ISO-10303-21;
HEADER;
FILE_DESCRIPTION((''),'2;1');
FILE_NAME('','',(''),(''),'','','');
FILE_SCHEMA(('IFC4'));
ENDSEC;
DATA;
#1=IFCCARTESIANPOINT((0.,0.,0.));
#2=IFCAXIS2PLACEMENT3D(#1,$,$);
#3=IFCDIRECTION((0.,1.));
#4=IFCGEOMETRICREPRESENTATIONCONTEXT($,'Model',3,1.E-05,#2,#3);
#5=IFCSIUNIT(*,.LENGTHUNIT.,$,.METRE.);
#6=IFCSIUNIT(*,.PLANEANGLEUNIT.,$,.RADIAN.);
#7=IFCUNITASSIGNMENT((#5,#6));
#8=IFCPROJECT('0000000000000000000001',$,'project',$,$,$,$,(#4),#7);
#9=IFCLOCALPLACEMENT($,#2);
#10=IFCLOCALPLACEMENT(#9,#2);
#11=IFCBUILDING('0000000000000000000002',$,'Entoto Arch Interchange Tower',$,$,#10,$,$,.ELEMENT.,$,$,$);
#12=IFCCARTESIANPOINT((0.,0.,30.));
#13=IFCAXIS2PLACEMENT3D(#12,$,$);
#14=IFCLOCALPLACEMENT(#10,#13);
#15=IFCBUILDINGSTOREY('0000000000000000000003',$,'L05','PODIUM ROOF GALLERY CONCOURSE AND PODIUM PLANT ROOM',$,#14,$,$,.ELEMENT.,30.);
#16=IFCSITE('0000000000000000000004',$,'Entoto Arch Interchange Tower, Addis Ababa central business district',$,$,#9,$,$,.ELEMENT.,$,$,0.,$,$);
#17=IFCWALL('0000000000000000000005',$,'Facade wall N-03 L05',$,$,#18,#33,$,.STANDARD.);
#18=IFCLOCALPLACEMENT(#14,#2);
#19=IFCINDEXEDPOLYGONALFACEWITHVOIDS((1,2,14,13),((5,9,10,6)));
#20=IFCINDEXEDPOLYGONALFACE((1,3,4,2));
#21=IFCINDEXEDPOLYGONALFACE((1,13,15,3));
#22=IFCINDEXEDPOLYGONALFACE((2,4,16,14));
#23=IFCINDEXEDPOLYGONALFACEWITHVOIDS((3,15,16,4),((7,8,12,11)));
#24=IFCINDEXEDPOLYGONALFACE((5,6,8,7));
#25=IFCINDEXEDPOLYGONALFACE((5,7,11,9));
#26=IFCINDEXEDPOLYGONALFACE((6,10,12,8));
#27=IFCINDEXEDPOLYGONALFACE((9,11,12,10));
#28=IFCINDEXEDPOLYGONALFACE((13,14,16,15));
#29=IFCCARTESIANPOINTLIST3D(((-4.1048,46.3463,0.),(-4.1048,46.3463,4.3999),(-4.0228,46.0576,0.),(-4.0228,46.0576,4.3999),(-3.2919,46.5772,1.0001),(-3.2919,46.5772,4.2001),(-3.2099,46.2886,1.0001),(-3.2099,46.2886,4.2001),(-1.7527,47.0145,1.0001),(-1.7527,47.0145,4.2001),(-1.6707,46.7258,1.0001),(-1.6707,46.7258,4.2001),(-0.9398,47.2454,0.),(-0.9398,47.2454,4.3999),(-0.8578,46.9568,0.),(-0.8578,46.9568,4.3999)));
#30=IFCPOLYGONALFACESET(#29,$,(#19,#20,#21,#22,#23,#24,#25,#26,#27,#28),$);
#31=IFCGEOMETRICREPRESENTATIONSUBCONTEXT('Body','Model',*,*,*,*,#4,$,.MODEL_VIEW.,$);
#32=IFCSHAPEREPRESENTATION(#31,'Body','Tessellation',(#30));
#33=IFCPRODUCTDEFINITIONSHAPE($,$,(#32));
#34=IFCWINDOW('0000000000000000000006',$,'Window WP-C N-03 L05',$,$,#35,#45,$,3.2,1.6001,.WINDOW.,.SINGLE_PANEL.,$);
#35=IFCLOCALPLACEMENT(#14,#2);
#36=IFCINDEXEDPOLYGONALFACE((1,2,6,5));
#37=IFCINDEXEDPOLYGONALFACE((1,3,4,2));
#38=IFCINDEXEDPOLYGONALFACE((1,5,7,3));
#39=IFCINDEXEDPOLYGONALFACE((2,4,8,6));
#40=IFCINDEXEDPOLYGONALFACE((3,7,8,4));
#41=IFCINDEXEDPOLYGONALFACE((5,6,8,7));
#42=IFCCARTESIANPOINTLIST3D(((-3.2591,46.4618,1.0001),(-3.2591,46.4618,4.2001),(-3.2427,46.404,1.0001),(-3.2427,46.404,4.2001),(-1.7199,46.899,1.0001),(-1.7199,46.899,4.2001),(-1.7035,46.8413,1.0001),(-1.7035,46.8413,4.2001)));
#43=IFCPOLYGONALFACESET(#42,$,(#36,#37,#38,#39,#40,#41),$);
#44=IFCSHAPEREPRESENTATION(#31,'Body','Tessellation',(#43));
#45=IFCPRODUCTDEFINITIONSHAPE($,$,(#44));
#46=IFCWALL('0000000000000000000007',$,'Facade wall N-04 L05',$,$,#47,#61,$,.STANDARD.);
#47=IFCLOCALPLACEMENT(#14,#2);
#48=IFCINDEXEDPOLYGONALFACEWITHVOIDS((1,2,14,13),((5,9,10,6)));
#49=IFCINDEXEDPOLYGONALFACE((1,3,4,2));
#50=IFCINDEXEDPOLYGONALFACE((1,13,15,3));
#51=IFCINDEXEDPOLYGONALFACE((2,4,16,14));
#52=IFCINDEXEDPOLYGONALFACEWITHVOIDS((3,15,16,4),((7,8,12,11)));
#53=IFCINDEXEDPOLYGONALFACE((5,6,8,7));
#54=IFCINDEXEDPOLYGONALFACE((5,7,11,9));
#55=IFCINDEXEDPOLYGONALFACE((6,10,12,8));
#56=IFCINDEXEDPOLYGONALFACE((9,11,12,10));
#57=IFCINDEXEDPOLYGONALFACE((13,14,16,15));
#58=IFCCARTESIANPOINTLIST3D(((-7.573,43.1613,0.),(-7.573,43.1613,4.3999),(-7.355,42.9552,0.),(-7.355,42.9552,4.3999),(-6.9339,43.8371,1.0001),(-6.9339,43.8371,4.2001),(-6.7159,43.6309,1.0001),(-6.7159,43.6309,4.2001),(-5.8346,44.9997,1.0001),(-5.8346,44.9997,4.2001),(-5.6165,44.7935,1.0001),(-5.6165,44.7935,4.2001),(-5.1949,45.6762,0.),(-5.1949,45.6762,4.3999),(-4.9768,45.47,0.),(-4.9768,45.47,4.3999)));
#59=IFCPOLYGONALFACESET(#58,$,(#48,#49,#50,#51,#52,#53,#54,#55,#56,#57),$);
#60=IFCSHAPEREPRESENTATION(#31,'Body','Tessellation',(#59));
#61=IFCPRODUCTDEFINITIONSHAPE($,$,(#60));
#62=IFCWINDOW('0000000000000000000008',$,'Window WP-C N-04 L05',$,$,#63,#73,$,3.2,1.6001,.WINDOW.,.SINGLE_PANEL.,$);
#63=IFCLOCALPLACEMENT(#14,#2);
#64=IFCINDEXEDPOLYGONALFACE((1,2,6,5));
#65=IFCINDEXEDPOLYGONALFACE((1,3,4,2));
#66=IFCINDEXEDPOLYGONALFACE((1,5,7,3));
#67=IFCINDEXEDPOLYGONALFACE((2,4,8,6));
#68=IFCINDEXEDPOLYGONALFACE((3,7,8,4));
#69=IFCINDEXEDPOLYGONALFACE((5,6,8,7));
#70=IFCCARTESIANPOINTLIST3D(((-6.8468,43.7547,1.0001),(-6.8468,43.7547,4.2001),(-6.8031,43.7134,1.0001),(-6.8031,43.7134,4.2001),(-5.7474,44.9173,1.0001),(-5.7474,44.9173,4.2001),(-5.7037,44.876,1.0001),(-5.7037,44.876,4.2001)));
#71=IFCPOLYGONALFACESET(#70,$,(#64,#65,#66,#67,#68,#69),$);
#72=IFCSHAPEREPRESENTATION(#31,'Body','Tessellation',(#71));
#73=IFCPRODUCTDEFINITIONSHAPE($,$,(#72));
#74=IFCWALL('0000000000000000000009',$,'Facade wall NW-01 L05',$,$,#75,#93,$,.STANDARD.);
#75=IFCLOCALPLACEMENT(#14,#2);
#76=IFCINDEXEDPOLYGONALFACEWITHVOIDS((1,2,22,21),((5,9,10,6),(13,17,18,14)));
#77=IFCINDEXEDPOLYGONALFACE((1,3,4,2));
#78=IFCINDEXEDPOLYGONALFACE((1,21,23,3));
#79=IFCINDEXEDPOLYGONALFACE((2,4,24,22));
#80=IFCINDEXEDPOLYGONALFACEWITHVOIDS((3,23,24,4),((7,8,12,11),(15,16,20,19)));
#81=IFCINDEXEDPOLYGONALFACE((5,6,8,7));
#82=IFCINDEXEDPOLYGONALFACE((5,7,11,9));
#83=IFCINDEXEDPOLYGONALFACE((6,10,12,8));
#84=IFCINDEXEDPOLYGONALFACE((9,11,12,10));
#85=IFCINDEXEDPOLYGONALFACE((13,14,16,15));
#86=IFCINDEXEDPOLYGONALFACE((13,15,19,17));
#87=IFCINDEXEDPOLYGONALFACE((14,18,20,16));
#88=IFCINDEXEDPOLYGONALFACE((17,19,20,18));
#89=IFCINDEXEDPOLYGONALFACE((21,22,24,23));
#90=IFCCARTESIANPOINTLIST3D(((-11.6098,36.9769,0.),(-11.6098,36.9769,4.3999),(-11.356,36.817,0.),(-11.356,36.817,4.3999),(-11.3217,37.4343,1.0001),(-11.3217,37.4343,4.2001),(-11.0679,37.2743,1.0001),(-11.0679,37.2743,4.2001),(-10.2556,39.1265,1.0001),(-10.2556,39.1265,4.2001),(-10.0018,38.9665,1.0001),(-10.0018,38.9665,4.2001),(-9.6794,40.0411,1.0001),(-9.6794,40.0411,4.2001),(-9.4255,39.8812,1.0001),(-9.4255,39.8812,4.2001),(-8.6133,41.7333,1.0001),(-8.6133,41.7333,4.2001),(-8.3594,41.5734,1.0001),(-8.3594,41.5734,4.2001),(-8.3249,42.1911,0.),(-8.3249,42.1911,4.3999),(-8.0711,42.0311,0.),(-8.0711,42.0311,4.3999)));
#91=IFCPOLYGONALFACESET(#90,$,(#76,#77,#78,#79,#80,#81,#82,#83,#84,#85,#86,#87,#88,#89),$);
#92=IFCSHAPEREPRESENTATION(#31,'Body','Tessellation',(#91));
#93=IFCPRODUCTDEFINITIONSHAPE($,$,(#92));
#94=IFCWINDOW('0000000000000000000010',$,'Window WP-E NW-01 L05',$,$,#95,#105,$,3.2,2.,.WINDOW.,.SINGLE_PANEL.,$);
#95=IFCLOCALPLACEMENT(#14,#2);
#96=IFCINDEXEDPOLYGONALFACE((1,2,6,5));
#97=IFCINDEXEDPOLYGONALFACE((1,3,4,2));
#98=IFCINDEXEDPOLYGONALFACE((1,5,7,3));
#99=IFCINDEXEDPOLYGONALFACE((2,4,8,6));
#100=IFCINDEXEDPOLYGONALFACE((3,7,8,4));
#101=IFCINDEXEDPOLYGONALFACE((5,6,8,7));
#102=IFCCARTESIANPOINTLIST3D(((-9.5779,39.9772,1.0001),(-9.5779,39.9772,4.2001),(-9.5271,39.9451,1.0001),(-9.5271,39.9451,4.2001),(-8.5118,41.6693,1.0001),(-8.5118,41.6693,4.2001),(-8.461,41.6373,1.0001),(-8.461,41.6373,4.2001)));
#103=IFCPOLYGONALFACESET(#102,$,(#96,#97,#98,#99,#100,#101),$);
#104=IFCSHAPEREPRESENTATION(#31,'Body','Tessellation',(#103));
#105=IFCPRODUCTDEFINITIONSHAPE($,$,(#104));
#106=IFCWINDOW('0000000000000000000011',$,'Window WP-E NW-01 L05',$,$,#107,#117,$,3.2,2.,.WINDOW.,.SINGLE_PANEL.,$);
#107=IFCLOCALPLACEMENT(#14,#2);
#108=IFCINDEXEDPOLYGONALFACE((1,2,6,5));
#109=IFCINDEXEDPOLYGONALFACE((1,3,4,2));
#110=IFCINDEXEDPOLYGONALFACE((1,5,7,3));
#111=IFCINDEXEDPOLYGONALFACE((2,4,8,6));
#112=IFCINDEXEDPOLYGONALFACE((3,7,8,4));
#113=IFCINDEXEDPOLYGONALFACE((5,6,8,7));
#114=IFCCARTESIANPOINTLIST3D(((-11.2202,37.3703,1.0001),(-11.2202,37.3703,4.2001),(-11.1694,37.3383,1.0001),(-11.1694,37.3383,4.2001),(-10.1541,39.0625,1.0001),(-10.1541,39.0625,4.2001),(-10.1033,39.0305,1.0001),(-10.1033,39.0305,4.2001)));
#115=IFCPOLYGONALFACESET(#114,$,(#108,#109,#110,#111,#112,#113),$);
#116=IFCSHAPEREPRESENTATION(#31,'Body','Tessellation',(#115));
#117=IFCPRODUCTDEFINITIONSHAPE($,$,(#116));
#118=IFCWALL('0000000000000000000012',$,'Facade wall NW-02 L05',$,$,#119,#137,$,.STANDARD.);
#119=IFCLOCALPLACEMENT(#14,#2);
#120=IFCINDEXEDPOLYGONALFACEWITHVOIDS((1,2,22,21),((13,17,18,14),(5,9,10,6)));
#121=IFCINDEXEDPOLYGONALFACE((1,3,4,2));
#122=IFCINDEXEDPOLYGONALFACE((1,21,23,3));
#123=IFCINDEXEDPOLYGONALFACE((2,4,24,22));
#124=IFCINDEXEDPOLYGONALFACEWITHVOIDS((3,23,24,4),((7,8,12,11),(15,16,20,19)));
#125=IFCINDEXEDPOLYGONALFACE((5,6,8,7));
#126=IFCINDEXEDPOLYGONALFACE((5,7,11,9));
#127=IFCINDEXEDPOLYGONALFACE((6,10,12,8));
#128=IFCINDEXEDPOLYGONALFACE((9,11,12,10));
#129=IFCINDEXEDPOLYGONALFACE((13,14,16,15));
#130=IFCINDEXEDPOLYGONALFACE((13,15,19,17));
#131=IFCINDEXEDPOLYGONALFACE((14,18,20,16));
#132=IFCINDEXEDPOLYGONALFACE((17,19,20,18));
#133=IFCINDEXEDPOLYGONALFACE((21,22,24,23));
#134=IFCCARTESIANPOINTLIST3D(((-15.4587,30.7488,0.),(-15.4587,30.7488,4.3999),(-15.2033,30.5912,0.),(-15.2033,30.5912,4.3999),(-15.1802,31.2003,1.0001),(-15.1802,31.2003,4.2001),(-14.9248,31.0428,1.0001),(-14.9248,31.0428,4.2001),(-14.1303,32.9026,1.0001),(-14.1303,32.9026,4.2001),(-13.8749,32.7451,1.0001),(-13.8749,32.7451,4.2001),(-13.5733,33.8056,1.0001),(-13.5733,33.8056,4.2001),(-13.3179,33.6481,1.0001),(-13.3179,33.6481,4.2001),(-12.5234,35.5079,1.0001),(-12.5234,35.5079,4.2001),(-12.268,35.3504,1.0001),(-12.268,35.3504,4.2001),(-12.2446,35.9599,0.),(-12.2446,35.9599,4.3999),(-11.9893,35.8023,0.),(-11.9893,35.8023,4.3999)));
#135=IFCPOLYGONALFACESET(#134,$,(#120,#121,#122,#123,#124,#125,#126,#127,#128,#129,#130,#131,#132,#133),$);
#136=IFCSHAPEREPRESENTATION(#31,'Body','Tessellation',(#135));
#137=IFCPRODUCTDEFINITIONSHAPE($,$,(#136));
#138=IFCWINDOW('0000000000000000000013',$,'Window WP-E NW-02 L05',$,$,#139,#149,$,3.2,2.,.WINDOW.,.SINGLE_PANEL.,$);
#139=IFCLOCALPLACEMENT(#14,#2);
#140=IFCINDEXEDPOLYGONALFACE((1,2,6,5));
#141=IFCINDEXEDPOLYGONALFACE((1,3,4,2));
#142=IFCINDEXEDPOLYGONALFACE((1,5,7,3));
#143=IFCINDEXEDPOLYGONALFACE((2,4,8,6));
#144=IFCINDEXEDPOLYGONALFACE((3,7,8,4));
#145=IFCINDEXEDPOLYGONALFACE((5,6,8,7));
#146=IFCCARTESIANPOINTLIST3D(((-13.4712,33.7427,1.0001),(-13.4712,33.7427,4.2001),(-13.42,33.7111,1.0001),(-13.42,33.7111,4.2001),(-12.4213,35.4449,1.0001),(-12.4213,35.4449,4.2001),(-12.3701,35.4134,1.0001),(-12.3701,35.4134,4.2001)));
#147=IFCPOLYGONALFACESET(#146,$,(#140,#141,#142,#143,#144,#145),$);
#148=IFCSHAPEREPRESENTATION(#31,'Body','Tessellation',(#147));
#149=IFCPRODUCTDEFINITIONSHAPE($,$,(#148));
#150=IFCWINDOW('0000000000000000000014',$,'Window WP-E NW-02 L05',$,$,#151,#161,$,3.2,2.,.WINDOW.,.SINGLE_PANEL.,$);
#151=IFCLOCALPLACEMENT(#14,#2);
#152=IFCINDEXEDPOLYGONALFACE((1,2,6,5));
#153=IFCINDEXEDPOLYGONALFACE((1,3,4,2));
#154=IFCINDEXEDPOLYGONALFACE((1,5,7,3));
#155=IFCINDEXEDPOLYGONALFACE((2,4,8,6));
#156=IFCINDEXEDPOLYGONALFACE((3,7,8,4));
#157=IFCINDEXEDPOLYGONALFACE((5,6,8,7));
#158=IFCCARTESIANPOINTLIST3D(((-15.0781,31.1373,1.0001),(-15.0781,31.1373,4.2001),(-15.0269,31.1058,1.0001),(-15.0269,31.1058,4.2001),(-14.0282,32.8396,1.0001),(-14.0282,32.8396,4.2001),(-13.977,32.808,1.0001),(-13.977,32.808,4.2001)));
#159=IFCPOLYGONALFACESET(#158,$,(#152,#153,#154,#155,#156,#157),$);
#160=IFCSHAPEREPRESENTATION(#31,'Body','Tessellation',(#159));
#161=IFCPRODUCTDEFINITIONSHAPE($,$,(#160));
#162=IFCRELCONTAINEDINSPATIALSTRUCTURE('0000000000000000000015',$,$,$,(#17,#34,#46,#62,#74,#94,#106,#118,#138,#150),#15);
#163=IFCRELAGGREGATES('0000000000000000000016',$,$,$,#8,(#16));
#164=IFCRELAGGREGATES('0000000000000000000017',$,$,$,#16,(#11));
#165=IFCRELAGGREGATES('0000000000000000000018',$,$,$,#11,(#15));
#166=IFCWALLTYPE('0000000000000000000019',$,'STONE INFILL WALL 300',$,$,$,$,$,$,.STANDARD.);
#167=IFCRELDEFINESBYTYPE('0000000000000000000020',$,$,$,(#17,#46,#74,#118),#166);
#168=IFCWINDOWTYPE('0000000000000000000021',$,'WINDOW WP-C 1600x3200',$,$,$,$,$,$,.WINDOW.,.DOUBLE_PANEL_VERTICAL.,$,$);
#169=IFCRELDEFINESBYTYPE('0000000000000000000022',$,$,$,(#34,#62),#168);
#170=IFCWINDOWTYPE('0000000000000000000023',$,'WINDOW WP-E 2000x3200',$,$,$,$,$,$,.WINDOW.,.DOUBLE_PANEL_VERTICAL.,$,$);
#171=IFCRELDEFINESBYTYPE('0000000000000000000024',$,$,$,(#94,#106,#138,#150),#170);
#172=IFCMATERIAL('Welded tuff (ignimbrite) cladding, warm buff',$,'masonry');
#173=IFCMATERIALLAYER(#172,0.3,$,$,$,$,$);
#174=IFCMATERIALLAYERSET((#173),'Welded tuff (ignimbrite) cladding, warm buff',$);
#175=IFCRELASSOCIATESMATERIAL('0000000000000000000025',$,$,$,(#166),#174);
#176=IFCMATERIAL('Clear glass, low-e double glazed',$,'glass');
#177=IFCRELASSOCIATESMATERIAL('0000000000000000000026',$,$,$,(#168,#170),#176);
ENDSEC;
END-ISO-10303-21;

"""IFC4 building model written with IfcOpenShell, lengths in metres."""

from ifc_helpers import new_model, si_unit, direction, frame, frame_2d, origin, place, context, subcontext, project, spatial, rectangle, extrude, material, layer, layer_set, type_object, element, fill, save


model = new_model("IFC4")

# Units and contexts
model_context = context("Model", 3, precision=1e-05, world=origin(), true_north=direction((0.0, 1.0)))
body_context = subcontext(model_context, "Body", "Model", "MODEL_VIEW")
ifc_project = project(units=[si_unit("LENGTHUNIT", "METRE"), si_unit("PLANEANGLEUNIT", "RADIAN")], contexts=[model_context])

# Site, building, storey
site_placement = place(None, origin())
site = spatial("IfcSite", under=ifc_project, at=site_placement, Name="Entoto Arch Interchange Tower, Addis Ababa central business district", CompositionType="ELEMENT", RefElevation=0.0)
building_placement = place(site_placement, origin())
building = spatial("IfcBuilding", under=site, at=building_placement, Name="Entoto Arch Interchange Tower", CompositionType="ELEMENT")
storey_placement = place(building_placement, frame((0.0, 0.0, 30.0)))
storey = spatial("IfcBuildingStorey", under=building, at=storey_placement, Name="L05", Description="PODIUM ROOF GALLERY CONCOURSE AND PODIUM PLANT ROOM", CompositionType="ELEMENT", Elevation=30.0)

# Walls, openings, windows
ifc_material_1 = material(Name="Welded tuff (ignimbrite) cladding, warm buff", Category="masonry")
ifc_layer_1 = layer(ifc_material_1, 0.3)
ifc_layer_set_1 = layer_set([ifc_layer_1], Name="Welded tuff (ignimbrite) cladding, warm buff")
wall_type_1 = type_object("IfcWallType", Name="STONE INFILL WALL 300", PredefinedType="STANDARD", material=ifc_layer_set_1)
wall_1_placement = place(storey_placement, frame((-0.8989, 47.1011, 0.0), z_axis=(0.0, 0.0, 1.0), x_axis=(-0.961934, -0.27328, 0.0)))
wall_1 = element("IfcWall", 1, at=wall_1_placement, inside=storey, type_object=wall_type_1, Name="Facade wall N-03 L05", PredefinedType="STANDARD", context=body_context, shape_type="SweptSolid", body=[
    extrude(rectangle(XDim=3.2903, YDim=0.3, at=frame_2d((1.645, 0.0))), origin(), (0.0, 0.0, 1.0), 4.3999),
])
opening_1_placement = place(wall_1_placement, frame((0.845, 0.0, 1.0)))
opening_1 = element("IfcOpeningElement", 2, at=opening_1_placement, cuts=wall_1, PredefinedType="OPENING", context=body_context, shape_type="SweptSolid", body=[
    extrude(rectangle(XDim=1.6001, YDim=3.2, at=frame_2d((0.8, 1.6001))), frame((0.0, 0.1602, 0.0), z_axis=(0.0, -1.0, 0.0), x_axis=(1.0, 0.0, 0.0)), (0.0, 0.0, 1.0), 0.3201),
])
ifc_material_2 = material(Name="Clear glass, low-e double glazed", Category="glass")
window_type_1 = type_object("IfcWindowType", Name="WINDOW WP-C 1600x3200", PartitioningType="DOUBLE_PANEL_VERTICAL", PredefinedType="WINDOW", material=ifc_material_2)
window_1_placement = place(opening_1_placement, origin())
window_1 = element("IfcWindow", 3, at=window_1_placement, inside=storey, type_object=window_type_1, Name="Window WP-C N-03 L05", OverallHeight=3.2, OverallWidth=1.6001, PartitioningType="SINGLE_PANEL", PredefinedType="WINDOW", context=body_context, shape_type="SweptSolid", body=[
    extrude(rectangle(XDim=1.6001, YDim=3.2, at=frame_2d((0.8, 1.6001))), frame((0.0, 0.03, 0.0), z_axis=(0.0, -1.0, 0.0), x_axis=(1.0, 0.0, 0.0)), (0.0, 0.0, 1.0), 0.0601),
])
fill(opening_1, window_1)
wall_2_placement = place(storey_placement, frame((-5.0859, 45.573, 0.0), z_axis=(0.0, 0.0, 1.0), x_axis=(-0.687081, -0.726581, 0.0)))
wall_2 = element("IfcWall", 4, at=wall_2_placement, inside=storey, type_object=wall_type_1, Name="Facade wall N-04 L05", PredefinedType="STANDARD", context=body_context, shape_type="SweptSolid", body=[
    extrude(rectangle(XDim=3.4612, YDim=0.3, at=frame_2d((1.7305, 0.0))), origin(), (0.0, 0.0, 1.0), 4.3999),
])
opening_2_placement = place(wall_2_placement, frame((0.9309, 0.0, 1.0)))
opening_2 = element("IfcOpeningElement", 5, at=opening_2_placement, cuts=wall_2, PredefinedType="OPENING", context=body_context, shape_type="SweptSolid", body=[
    extrude(rectangle(XDim=1.6001, YDim=3.2, at=frame_2d((0.8, 1.6001))), frame((0.0, 0.1602, 0.0), z_axis=(0.0, -1.0, 0.0), x_axis=(1.0, 0.0, 0.0)), (0.0, 0.0, 1.0), 0.3201),
])
window_2_placement = place(opening_2_placement, origin())
window_2 = element("IfcWindow", 6, at=window_2_placement, inside=storey, type_object=window_type_1, Name="Window WP-C N-04 L05", OverallHeight=3.2, OverallWidth=1.6001, PartitioningType="SINGLE_PANEL", PredefinedType="WINDOW", context=body_context, shape_type="SweptSolid", body=[
    extrude(rectangle(XDim=1.6001, YDim=3.2, at=frame_2d((0.8, 1.6001))), frame((0.0, 0.03, 0.0), z_axis=(0.0, -1.0, 0.0), x_axis=(1.0, 0.0, 0.0)), (0.0, 0.0, 1.0), 0.0601),
])
fill(opening_2, window_2)

# Walls, openings, windows
wall_3_placement = place(storey_placement, frame((-8.198, 42.1111, 0.0), z_axis=(0.0, 0.0, 1.0), x_axis=(-0.53304, -0.84609, 0.0)))
wall_3 = element("IfcWall", 7, at=wall_3_placement, inside=storey, type_object=wall_type_1, Name="Facade wall NW-01 L05", PredefinedType="STANDARD", context=body_context, shape_type="SweptSolid", body=[
    extrude(rectangle(XDim=6.1626, YDim=0.3, at=frame_2d((3.0813, 0.0))), origin(), (0.0, 0.0, 1.0), 4.3999),
])
opening_3_placement = place(wall_3_placement, frame((0.541, 0.0, 1.0)))
opening_3 = element("IfcOpeningElement", 8, at=opening_3_placement, cuts=wall_3, PredefinedType="OPENING", context=body_context, shape_type="SweptSolid", body=[
    extrude(rectangle(XDim=2.0, YDim=3.2, at=frame_2d((1.0, 1.6001))), frame((0.0, 0.1602, 0.0), z_axis=(0.0, -1.0, 0.0), x_axis=(1.0, 0.0, 0.0)), (0.0, 0.0, 1.0), 0.3201),
])
opening_4_placement = place(wall_3_placement, frame((3.6221, 0.0, 1.0)))
opening_4 = element("IfcOpeningElement", 9, at=opening_4_placement, cuts=wall_3, PredefinedType="OPENING", context=body_context, shape_type="SweptSolid", body=[
    extrude(rectangle(XDim=2.0, YDim=3.2, at=frame_2d((1.0, 1.6001))), frame((0.0, 0.1602, 0.0), z_axis=(0.0, -1.0, 0.0), x_axis=(1.0, 0.0, 0.0)), (0.0, 0.0, 1.0), 0.3201),
])
window_type_2 = type_object("IfcWindowType", Name="WINDOW WP-E 2000x3200", PartitioningType="DOUBLE_PANEL_VERTICAL", PredefinedType="WINDOW", material=ifc_material_2)
window_3_placement = place(opening_3_placement, origin())
window_3 = element("IfcWindow", 10, at=window_3_placement, inside=storey, type_object=window_type_2, Name="Window WP-E NW-01 L05", OverallHeight=3.2, OverallWidth=2.0, PartitioningType="SINGLE_PANEL", PredefinedType="WINDOW", context=body_context, shape_type="SweptSolid", body=[
    extrude(rectangle(XDim=2.0, YDim=3.2, at=frame_2d((1.0, 1.6001))), frame((0.0, 0.03, 0.0), z_axis=(0.0, -1.0, 0.0), x_axis=(1.0, 0.0, 0.0)), (0.0, 0.0, 1.0), 0.0601),
])
fill(opening_3, window_3)
window_4_placement = place(opening_4_placement, origin())
window_4 = element("IfcWindow", 11, at=window_4_placement, inside=storey, type_object=window_type_2, Name="Window WP-E NW-01 L05", OverallHeight=3.2, OverallWidth=2.0, PartitioningType="SINGLE_PANEL", PredefinedType="WINDOW", context=body_context, shape_type="SweptSolid", body=[
    extrude(rectangle(XDim=2.0, YDim=3.2, at=frame_2d((1.0, 1.6001))), frame((0.0, 0.03, 0.0), z_axis=(0.0, -1.0, 0.0), x_axis=(1.0, 0.0, 0.0)), (0.0, 0.0, 1.0), 0.0601),
])
fill(opening_4, window_4)
wall_4_placement = place(storey_placement, frame((-12.1169, 35.8811, 0.0), z_axis=(0.0, 0.0, 1.0), x_axis=(-0.524954, -0.851131, 0.0)))
wall_4 = element("IfcWall", 12, at=wall_4_placement, inside=storey, type_object=wall_type_1, Name="Facade wall NW-02 L05", PredefinedType="STANDARD", context=body_context, shape_type="SweptSolid", body=[
    extrude(rectangle(XDim=6.1226, YDim=0.3, at=frame_2d((3.0613, 0.0))), origin(), (0.0, 0.0, 1.0), 4.3999),
])
opening_5_placement = place(wall_4_placement, frame((0.531, 0.0, 1.0)))
opening_5 = element("IfcOpeningElement", 13, at=opening_5_placement, cuts=wall_4, PredefinedType="OPENING", context=body_context, shape_type="SweptSolid", body=[
    extrude(rectangle(XDim=2.0, YDim=3.2, at=frame_2d((1.0, 1.6001))), frame((0.0, 0.1602, 0.0), z_axis=(0.0, -1.0, 0.0), x_axis=(1.0, 0.0, 0.0)), (0.0, 0.0, 1.0), 0.3201),
])
opening_6_placement = place(wall_4_placement, frame((3.592, 0.0, 1.0)))
opening_6 = element("IfcOpeningElement", 14, at=opening_6_placement, cuts=wall_4, PredefinedType="OPENING", context=body_context, shape_type="SweptSolid", body=[
    extrude(rectangle(XDim=2.0, YDim=3.2, at=frame_2d((1.0, 1.6001))), frame((0.0, 0.1602, 0.0), z_axis=(0.0, -1.0, 0.0), x_axis=(1.0, 0.0, 0.0)), (0.0, 0.0, 1.0), 0.3201),
])
window_5_placement = place(opening_5_placement, origin())
window_5 = element("IfcWindow", 15, at=window_5_placement, inside=storey, type_object=window_type_2, Name="Window WP-E NW-02 L05", OverallHeight=3.2, OverallWidth=2.0, PartitioningType="SINGLE_PANEL", PredefinedType="WINDOW", context=body_context, shape_type="SweptSolid", body=[
    extrude(rectangle(XDim=2.0, YDim=3.2, at=frame_2d((1.0, 1.6001))), frame((0.0, 0.03, 0.0), z_axis=(0.0, -1.0, 0.0), x_axis=(1.0, 0.0, 0.0)), (0.0, 0.0, 1.0), 0.0601),
])
fill(opening_5, window_5)
window_6_placement = place(opening_6_placement, origin())
window_6 = element("IfcWindow", 16, at=window_6_placement, inside=storey, type_object=window_type_2, Name="Window WP-E NW-02 L05", OverallHeight=3.2, OverallWidth=2.0, PartitioningType="SINGLE_PANEL", PredefinedType="WINDOW", context=body_context, shape_type="SweptSolid", body=[
    extrude(rectangle(XDim=2.0, YDim=3.2, at=frame_2d((1.0, 1.6001))), frame((0.0, 0.03, 0.0), z_axis=(0.0, -1.0, 0.0), x_axis=(1.0, 0.0, 0.0)), (0.0, 0.0, 1.0), 0.0601),
])
fill(opening_6, window_6)

save(model, "model.ifc")
